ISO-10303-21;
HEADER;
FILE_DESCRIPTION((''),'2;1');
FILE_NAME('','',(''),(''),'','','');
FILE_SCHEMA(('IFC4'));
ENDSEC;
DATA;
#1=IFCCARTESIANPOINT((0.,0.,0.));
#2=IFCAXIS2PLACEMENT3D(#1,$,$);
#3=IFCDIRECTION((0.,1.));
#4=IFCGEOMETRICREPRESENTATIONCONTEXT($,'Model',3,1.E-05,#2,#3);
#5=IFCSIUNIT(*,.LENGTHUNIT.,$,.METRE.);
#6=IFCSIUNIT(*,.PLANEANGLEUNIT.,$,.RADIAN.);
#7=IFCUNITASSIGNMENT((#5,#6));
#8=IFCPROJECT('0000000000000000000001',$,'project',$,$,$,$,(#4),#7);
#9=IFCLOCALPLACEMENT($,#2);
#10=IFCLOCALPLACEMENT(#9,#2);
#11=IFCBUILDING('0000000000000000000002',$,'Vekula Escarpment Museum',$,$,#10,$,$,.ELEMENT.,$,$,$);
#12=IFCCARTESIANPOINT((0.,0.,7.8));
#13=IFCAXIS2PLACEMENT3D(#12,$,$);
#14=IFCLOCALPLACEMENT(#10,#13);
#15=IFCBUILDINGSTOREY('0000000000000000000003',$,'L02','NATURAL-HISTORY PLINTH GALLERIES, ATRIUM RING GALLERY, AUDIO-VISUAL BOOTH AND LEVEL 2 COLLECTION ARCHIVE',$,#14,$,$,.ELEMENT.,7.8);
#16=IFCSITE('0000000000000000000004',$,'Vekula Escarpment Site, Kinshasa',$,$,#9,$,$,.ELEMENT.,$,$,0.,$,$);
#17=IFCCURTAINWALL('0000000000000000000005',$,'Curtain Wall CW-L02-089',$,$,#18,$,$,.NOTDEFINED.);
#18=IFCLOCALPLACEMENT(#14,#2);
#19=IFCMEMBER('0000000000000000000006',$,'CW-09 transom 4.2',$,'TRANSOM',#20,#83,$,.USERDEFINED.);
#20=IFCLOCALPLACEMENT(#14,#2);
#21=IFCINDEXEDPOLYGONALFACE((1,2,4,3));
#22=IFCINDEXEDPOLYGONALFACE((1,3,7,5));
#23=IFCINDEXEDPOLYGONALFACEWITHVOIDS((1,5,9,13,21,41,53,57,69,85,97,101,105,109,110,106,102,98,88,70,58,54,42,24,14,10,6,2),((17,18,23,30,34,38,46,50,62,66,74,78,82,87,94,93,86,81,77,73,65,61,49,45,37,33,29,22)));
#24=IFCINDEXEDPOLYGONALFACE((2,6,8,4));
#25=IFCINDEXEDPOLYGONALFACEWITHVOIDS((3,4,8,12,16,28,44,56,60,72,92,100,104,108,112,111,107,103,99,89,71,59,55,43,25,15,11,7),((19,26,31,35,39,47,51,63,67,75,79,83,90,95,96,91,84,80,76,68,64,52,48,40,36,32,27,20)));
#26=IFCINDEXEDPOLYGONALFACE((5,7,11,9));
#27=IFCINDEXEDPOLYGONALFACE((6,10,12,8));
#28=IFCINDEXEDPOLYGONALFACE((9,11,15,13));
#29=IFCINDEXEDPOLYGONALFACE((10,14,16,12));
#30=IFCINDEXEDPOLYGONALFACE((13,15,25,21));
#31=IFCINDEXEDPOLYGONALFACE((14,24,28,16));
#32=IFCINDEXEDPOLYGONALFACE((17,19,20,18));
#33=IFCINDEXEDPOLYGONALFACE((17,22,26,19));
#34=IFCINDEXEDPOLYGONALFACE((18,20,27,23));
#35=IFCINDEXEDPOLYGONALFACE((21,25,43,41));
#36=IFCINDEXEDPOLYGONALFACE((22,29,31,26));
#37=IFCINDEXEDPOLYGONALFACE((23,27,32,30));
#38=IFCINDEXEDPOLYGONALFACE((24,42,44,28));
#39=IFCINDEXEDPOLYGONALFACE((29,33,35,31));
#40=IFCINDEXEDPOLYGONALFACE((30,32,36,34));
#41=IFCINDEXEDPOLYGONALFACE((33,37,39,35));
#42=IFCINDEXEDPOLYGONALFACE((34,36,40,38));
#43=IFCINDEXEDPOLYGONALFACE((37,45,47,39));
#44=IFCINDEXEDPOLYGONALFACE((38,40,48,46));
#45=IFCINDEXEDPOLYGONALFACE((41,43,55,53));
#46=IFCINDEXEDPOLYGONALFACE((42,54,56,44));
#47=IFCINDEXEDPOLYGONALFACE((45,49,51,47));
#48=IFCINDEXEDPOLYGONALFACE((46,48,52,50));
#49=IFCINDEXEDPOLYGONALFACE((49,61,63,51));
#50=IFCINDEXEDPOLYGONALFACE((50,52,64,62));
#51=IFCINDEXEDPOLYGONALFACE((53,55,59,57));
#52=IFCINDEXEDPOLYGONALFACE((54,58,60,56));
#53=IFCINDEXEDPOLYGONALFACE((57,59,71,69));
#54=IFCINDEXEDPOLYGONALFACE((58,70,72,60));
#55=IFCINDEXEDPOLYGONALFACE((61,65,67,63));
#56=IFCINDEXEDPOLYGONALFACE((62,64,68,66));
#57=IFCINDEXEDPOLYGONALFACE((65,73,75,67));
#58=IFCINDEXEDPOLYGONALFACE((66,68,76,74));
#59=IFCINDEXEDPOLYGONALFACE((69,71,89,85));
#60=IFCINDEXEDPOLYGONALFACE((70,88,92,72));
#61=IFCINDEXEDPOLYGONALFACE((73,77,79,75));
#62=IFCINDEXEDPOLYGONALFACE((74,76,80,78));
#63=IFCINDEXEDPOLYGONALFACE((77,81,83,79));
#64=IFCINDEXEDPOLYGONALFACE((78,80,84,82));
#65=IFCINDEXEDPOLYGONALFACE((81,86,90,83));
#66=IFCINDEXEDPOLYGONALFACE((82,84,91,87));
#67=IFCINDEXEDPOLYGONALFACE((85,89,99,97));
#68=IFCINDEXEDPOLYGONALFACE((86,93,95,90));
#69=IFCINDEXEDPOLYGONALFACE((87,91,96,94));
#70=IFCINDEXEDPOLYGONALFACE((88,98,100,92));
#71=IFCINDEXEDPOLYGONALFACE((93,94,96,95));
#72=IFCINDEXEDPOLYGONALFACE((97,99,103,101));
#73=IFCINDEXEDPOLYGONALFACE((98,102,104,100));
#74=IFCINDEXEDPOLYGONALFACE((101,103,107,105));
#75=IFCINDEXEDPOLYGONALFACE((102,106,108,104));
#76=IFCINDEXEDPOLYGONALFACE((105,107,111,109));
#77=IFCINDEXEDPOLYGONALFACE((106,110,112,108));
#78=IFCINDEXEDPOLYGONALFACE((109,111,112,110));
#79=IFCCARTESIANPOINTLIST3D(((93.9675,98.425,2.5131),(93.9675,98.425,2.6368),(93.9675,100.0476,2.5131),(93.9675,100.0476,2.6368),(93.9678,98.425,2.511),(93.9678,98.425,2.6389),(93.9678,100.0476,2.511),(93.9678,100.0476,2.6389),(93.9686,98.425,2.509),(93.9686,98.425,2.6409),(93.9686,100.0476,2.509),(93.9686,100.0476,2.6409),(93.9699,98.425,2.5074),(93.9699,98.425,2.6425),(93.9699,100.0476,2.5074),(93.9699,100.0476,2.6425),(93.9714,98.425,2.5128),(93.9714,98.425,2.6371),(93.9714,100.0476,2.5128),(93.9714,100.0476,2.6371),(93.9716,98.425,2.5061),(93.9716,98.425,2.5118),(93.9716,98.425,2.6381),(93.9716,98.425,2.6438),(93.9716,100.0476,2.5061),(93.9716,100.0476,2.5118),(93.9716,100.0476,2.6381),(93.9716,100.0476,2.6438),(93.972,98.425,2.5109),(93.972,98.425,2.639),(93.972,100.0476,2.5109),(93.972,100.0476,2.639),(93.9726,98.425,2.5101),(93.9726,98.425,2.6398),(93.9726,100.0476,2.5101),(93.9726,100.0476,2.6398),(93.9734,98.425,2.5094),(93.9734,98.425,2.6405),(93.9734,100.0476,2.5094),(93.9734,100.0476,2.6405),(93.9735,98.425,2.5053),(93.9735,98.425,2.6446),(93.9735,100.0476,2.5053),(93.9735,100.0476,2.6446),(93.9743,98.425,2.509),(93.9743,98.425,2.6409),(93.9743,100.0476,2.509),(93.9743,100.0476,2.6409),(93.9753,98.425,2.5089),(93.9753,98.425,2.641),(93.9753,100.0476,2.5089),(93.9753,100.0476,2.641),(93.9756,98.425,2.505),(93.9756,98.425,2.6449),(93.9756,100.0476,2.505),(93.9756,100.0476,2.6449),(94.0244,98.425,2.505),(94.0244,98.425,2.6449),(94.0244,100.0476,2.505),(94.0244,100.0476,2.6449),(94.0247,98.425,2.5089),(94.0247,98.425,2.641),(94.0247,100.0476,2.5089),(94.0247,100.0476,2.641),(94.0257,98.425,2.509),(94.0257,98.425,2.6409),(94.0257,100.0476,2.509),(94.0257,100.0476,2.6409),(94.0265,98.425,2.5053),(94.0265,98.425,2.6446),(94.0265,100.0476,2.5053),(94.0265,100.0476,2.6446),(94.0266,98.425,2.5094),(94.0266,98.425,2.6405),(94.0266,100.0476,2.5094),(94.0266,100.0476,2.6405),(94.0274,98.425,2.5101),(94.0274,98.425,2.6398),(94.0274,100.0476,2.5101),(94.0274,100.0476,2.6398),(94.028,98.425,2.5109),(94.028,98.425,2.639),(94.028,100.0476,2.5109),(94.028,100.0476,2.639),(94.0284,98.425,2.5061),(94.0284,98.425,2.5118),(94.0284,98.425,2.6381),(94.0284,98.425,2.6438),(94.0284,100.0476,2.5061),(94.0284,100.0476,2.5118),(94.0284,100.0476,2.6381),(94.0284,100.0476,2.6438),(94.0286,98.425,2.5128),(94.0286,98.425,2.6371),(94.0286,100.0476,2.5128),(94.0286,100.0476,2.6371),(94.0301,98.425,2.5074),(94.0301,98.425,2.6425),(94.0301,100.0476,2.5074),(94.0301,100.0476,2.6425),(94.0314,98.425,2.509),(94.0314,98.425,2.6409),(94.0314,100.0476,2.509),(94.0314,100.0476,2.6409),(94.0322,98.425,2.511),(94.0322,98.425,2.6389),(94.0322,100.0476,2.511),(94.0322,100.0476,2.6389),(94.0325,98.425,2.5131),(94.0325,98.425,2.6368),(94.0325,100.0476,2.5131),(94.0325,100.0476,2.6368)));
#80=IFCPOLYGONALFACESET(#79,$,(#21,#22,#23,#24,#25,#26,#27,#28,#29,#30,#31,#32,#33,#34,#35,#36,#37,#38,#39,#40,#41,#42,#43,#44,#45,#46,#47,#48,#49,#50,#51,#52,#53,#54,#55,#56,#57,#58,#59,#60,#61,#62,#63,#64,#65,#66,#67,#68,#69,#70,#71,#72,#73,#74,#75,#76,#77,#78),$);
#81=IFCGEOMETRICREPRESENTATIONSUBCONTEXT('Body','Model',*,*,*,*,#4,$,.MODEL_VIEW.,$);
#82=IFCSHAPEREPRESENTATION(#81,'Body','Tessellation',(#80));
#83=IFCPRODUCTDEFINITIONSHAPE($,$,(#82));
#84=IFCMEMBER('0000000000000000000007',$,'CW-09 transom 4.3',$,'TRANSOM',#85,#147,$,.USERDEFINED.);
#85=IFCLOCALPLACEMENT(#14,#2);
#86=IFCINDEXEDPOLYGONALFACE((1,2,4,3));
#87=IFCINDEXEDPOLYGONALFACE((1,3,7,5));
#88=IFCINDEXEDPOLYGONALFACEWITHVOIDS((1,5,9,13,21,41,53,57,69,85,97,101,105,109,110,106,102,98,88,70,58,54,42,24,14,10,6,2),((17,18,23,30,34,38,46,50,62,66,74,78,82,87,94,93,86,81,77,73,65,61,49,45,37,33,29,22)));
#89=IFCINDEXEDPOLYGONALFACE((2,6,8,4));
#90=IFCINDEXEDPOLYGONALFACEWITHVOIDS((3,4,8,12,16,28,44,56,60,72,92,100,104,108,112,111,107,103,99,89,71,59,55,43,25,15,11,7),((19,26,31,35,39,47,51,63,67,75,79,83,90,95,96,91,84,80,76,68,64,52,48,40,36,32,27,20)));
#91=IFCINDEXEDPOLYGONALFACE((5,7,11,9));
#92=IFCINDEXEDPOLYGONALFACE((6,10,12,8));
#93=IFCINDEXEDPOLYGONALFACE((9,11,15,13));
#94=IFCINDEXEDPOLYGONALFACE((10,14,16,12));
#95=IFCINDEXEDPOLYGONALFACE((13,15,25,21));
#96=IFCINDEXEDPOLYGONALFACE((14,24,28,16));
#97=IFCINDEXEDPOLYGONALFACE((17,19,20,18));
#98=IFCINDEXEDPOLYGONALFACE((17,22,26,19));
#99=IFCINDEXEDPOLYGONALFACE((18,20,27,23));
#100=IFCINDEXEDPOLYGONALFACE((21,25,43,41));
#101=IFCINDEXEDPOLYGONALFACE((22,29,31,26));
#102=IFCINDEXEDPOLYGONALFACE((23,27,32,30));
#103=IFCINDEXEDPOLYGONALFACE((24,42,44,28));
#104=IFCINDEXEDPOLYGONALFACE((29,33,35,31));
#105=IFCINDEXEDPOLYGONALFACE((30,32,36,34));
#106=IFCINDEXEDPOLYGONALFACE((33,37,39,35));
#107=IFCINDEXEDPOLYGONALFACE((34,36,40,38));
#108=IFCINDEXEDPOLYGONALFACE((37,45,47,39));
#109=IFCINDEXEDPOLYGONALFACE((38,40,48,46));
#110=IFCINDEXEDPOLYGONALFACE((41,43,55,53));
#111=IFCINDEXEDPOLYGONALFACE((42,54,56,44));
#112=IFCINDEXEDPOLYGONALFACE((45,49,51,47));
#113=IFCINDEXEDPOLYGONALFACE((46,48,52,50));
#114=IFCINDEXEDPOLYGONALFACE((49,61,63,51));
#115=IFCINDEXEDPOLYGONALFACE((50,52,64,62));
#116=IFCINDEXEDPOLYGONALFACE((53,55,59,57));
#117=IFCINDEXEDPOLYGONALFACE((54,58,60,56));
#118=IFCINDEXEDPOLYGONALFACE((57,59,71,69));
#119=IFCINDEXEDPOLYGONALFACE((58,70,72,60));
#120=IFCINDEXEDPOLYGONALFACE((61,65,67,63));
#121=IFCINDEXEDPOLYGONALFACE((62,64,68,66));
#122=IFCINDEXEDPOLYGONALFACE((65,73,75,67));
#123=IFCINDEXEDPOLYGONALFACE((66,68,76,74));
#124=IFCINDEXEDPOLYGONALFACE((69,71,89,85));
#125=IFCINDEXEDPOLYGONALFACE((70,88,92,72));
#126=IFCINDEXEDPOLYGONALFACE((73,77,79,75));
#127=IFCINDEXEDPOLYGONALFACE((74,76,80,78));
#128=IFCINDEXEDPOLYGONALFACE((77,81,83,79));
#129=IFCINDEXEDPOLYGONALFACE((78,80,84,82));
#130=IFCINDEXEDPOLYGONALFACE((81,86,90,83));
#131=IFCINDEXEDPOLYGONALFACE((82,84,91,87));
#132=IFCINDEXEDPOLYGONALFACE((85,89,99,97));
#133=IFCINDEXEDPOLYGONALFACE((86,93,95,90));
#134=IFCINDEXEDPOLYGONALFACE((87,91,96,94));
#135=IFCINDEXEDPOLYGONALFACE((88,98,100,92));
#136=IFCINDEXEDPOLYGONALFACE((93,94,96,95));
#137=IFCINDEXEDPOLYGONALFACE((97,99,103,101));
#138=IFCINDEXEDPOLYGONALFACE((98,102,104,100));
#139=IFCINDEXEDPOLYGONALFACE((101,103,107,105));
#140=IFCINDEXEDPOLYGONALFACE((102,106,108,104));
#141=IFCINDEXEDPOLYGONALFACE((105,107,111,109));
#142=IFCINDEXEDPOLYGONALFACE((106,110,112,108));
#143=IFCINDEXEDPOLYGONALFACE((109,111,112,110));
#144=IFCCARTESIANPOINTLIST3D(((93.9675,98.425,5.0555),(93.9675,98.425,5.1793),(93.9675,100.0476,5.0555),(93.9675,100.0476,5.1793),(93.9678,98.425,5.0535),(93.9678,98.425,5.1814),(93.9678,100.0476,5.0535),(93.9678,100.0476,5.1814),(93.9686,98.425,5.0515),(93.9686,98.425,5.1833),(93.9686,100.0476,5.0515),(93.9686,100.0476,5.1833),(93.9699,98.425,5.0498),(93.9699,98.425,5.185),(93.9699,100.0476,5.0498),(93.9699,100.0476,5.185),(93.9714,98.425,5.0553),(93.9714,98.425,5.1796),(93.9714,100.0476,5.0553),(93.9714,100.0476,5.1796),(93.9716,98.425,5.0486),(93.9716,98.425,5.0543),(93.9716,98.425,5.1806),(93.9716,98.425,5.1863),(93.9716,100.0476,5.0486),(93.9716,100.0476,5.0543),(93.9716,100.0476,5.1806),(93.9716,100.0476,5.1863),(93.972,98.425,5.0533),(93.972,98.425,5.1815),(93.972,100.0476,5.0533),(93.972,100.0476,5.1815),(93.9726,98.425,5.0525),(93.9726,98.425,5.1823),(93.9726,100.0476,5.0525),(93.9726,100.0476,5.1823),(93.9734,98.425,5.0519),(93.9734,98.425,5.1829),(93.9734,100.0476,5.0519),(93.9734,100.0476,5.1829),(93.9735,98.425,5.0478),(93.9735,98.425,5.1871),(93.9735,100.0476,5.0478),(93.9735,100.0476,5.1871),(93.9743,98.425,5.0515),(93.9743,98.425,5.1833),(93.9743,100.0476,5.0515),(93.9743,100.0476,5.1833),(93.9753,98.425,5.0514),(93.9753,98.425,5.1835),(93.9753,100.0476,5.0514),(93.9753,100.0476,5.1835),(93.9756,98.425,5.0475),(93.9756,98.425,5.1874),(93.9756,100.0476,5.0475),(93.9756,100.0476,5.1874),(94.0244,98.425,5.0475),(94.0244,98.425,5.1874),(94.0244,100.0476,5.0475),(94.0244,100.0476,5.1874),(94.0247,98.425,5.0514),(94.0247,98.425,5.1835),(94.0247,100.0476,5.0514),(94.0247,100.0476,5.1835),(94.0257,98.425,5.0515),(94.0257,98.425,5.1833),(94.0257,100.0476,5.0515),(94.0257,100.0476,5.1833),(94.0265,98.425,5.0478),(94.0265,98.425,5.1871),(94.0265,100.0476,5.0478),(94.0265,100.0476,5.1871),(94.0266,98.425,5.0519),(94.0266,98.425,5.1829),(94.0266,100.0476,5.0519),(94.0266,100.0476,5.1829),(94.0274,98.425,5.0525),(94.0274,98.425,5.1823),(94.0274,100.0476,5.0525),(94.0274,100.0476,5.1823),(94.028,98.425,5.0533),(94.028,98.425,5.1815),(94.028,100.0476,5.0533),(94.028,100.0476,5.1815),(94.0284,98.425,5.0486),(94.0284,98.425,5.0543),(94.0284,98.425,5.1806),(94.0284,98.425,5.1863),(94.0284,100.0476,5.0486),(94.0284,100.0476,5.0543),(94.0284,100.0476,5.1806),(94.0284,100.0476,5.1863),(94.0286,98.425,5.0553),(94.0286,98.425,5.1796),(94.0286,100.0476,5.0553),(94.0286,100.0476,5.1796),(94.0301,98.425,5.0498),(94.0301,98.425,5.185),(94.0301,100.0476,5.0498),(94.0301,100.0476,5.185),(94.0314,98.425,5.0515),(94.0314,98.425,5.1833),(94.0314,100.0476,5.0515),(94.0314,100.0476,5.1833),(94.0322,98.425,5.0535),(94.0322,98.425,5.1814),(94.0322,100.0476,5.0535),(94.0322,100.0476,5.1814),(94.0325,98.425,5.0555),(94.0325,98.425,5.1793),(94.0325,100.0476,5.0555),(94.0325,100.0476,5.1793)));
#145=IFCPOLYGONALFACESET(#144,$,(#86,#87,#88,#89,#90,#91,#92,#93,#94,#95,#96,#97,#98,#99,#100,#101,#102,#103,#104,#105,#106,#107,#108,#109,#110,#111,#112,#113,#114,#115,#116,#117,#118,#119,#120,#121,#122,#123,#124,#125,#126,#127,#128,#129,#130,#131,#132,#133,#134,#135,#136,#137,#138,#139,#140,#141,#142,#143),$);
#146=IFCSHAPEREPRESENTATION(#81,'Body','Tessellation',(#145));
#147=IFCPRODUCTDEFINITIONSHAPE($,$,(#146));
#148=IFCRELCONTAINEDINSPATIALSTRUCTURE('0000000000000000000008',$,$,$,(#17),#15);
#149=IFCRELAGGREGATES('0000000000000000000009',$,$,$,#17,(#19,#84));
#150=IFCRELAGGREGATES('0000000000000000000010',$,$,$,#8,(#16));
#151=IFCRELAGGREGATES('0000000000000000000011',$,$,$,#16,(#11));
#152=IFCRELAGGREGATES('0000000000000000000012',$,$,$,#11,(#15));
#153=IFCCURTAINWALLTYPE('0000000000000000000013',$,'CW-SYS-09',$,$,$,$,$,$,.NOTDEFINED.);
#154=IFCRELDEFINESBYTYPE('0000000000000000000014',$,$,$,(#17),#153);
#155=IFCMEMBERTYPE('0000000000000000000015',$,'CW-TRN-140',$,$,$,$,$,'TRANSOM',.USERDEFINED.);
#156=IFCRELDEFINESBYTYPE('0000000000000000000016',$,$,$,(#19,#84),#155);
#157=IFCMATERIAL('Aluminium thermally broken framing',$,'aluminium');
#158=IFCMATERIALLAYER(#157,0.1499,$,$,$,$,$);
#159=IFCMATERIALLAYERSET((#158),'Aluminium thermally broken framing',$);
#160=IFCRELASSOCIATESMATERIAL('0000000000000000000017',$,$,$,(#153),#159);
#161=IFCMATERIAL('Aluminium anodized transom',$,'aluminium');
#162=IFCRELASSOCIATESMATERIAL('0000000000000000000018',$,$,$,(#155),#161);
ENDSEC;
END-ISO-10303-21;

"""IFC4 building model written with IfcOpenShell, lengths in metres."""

from ifc_helpers import new_model, si_unit, direction, frame, origin, origin_2d, place, context, subcontext, project, spatial, hollow_rectangle, extrude, material, layer, layer_set, material_profile, profile_set, type_object, element, aggregate, save


model = new_model("IFC4")

# Units and contexts
model_context = context("Model", 3, precision=1e-05, world=origin(), true_north=direction((0.0, 1.0)))
body_context = subcontext(model_context, "Body", "Model", "MODEL_VIEW")
ifc_project = project(units=[si_unit("LENGTHUNIT", "METRE"), si_unit("PLANEANGLEUNIT", "RADIAN")], contexts=[model_context])

# Site, building, storey
site_placement = place(None, origin())
site = spatial("IfcSite", under=ifc_project, at=site_placement, Name="Vekula Escarpment Site, Kinshasa", CompositionType="ELEMENT", RefElevation=0.0)
building_placement = place(site_placement, origin())
building = spatial("IfcBuilding", under=site, at=building_placement, Name="Vekula Escarpment Museum", CompositionType="ELEMENT")
storey_placement = place(building_placement, frame((0.0, 0.0, 7.8)))
storey = spatial("IfcBuildingStorey", under=building, at=storey_placement, Name="L02", Description="NATURAL-HISTORY PLINTH GALLERIES, ATRIUM RING GALLERY, AUDIO-VISUAL BOOTH AND LEVEL 2 COLLECTION ARCHIVE", CompositionType="ELEMENT", Elevation=7.8)

# Curtain wall
ifc_material_1 = material(Name="Aluminium thermally broken framing", Category="aluminium")
ifc_layer_1 = layer(ifc_material_1, 0.1499)
ifc_layer_set_1 = layer_set([ifc_layer_1], Name="Aluminium thermally broken framing")
curtain_wall_type_1 = type_object("IfcCurtainWallType", Name="CW-SYS-09", PredefinedType="NOTDEFINED", material=ifc_layer_set_1)
curtain_wall_1_placement = place(storey_placement, origin())
curtain_wall_1 = element("IfcCurtainWall", 1, at=curtain_wall_1_placement, inside=storey, type_object=curtain_wall_type_1, Name="Curtain Wall CW-L02-089", PredefinedType="NOTDEFINED")

# Members
ifc_material_2 = material(Name="Aluminium anodized transom", Category="aluminium")
ifc_material_profile_1 = material_profile(ifc_material_2, hollow_rectangle(XDim=0.0649, YDim=0.1399, WallThickness=0.0039, InnerFilletRadius=0.0039, OuterFilletRadius=0.0081, at=origin_2d()), Name="ALU 140x65x4")
ifc_profile_set_1 = profile_set([ifc_material_profile_1], Name="Aluminium anodized transom")
member_type_1 = type_object("IfcMemberType", Name="CW-TRN-140", ElementType="TRANSOM", PredefinedType="USERDEFINED", material=ifc_profile_set_1)
member_1_placement = place(storey_placement, frame((94.0, 100.0476, 2.575), z_axis=(0.0, -1.0, 0.0), x_axis=(1.0, 0.0, 0.0)))
member_1 = element("IfcMember", 2, at=member_1_placement, type_object=member_type_1, Name="CW-09 transom 4.2", ObjectType="TRANSOM", PredefinedType="USERDEFINED", context=body_context, shape_type="SweptSolid", body=[
    extrude(hollow_rectangle(XDim=0.0649, YDim=0.1399, WallThickness=0.0039, InnerFilletRadius=0.0039, OuterFilletRadius=0.0081, at=origin_2d()), origin(), (0.0, 0.0, 1.0), 1.6226),
])
member_2_placement = place(storey_placement, frame((94.0, 100.0476, 5.1174), z_axis=(0.0, -1.0, 0.0), x_axis=(1.0, 0.0, 0.0)))
member_2 = element("IfcMember", 3, at=member_2_placement, type_object=member_type_1, Name="CW-09 transom 4.3", ObjectType="TRANSOM", PredefinedType="USERDEFINED", context=body_context, shape_type="SweptSolid", body=[
    extrude(hollow_rectangle(XDim=0.0649, YDim=0.1399, WallThickness=0.0039, InnerFilletRadius=0.0039, OuterFilletRadius=0.0081, at=origin_2d()), origin(), (0.0, 0.0, 1.0), 1.6226),
])

aggregate(curtain_wall_1, [member_1, member_2])

save(model, "model.ifc")
